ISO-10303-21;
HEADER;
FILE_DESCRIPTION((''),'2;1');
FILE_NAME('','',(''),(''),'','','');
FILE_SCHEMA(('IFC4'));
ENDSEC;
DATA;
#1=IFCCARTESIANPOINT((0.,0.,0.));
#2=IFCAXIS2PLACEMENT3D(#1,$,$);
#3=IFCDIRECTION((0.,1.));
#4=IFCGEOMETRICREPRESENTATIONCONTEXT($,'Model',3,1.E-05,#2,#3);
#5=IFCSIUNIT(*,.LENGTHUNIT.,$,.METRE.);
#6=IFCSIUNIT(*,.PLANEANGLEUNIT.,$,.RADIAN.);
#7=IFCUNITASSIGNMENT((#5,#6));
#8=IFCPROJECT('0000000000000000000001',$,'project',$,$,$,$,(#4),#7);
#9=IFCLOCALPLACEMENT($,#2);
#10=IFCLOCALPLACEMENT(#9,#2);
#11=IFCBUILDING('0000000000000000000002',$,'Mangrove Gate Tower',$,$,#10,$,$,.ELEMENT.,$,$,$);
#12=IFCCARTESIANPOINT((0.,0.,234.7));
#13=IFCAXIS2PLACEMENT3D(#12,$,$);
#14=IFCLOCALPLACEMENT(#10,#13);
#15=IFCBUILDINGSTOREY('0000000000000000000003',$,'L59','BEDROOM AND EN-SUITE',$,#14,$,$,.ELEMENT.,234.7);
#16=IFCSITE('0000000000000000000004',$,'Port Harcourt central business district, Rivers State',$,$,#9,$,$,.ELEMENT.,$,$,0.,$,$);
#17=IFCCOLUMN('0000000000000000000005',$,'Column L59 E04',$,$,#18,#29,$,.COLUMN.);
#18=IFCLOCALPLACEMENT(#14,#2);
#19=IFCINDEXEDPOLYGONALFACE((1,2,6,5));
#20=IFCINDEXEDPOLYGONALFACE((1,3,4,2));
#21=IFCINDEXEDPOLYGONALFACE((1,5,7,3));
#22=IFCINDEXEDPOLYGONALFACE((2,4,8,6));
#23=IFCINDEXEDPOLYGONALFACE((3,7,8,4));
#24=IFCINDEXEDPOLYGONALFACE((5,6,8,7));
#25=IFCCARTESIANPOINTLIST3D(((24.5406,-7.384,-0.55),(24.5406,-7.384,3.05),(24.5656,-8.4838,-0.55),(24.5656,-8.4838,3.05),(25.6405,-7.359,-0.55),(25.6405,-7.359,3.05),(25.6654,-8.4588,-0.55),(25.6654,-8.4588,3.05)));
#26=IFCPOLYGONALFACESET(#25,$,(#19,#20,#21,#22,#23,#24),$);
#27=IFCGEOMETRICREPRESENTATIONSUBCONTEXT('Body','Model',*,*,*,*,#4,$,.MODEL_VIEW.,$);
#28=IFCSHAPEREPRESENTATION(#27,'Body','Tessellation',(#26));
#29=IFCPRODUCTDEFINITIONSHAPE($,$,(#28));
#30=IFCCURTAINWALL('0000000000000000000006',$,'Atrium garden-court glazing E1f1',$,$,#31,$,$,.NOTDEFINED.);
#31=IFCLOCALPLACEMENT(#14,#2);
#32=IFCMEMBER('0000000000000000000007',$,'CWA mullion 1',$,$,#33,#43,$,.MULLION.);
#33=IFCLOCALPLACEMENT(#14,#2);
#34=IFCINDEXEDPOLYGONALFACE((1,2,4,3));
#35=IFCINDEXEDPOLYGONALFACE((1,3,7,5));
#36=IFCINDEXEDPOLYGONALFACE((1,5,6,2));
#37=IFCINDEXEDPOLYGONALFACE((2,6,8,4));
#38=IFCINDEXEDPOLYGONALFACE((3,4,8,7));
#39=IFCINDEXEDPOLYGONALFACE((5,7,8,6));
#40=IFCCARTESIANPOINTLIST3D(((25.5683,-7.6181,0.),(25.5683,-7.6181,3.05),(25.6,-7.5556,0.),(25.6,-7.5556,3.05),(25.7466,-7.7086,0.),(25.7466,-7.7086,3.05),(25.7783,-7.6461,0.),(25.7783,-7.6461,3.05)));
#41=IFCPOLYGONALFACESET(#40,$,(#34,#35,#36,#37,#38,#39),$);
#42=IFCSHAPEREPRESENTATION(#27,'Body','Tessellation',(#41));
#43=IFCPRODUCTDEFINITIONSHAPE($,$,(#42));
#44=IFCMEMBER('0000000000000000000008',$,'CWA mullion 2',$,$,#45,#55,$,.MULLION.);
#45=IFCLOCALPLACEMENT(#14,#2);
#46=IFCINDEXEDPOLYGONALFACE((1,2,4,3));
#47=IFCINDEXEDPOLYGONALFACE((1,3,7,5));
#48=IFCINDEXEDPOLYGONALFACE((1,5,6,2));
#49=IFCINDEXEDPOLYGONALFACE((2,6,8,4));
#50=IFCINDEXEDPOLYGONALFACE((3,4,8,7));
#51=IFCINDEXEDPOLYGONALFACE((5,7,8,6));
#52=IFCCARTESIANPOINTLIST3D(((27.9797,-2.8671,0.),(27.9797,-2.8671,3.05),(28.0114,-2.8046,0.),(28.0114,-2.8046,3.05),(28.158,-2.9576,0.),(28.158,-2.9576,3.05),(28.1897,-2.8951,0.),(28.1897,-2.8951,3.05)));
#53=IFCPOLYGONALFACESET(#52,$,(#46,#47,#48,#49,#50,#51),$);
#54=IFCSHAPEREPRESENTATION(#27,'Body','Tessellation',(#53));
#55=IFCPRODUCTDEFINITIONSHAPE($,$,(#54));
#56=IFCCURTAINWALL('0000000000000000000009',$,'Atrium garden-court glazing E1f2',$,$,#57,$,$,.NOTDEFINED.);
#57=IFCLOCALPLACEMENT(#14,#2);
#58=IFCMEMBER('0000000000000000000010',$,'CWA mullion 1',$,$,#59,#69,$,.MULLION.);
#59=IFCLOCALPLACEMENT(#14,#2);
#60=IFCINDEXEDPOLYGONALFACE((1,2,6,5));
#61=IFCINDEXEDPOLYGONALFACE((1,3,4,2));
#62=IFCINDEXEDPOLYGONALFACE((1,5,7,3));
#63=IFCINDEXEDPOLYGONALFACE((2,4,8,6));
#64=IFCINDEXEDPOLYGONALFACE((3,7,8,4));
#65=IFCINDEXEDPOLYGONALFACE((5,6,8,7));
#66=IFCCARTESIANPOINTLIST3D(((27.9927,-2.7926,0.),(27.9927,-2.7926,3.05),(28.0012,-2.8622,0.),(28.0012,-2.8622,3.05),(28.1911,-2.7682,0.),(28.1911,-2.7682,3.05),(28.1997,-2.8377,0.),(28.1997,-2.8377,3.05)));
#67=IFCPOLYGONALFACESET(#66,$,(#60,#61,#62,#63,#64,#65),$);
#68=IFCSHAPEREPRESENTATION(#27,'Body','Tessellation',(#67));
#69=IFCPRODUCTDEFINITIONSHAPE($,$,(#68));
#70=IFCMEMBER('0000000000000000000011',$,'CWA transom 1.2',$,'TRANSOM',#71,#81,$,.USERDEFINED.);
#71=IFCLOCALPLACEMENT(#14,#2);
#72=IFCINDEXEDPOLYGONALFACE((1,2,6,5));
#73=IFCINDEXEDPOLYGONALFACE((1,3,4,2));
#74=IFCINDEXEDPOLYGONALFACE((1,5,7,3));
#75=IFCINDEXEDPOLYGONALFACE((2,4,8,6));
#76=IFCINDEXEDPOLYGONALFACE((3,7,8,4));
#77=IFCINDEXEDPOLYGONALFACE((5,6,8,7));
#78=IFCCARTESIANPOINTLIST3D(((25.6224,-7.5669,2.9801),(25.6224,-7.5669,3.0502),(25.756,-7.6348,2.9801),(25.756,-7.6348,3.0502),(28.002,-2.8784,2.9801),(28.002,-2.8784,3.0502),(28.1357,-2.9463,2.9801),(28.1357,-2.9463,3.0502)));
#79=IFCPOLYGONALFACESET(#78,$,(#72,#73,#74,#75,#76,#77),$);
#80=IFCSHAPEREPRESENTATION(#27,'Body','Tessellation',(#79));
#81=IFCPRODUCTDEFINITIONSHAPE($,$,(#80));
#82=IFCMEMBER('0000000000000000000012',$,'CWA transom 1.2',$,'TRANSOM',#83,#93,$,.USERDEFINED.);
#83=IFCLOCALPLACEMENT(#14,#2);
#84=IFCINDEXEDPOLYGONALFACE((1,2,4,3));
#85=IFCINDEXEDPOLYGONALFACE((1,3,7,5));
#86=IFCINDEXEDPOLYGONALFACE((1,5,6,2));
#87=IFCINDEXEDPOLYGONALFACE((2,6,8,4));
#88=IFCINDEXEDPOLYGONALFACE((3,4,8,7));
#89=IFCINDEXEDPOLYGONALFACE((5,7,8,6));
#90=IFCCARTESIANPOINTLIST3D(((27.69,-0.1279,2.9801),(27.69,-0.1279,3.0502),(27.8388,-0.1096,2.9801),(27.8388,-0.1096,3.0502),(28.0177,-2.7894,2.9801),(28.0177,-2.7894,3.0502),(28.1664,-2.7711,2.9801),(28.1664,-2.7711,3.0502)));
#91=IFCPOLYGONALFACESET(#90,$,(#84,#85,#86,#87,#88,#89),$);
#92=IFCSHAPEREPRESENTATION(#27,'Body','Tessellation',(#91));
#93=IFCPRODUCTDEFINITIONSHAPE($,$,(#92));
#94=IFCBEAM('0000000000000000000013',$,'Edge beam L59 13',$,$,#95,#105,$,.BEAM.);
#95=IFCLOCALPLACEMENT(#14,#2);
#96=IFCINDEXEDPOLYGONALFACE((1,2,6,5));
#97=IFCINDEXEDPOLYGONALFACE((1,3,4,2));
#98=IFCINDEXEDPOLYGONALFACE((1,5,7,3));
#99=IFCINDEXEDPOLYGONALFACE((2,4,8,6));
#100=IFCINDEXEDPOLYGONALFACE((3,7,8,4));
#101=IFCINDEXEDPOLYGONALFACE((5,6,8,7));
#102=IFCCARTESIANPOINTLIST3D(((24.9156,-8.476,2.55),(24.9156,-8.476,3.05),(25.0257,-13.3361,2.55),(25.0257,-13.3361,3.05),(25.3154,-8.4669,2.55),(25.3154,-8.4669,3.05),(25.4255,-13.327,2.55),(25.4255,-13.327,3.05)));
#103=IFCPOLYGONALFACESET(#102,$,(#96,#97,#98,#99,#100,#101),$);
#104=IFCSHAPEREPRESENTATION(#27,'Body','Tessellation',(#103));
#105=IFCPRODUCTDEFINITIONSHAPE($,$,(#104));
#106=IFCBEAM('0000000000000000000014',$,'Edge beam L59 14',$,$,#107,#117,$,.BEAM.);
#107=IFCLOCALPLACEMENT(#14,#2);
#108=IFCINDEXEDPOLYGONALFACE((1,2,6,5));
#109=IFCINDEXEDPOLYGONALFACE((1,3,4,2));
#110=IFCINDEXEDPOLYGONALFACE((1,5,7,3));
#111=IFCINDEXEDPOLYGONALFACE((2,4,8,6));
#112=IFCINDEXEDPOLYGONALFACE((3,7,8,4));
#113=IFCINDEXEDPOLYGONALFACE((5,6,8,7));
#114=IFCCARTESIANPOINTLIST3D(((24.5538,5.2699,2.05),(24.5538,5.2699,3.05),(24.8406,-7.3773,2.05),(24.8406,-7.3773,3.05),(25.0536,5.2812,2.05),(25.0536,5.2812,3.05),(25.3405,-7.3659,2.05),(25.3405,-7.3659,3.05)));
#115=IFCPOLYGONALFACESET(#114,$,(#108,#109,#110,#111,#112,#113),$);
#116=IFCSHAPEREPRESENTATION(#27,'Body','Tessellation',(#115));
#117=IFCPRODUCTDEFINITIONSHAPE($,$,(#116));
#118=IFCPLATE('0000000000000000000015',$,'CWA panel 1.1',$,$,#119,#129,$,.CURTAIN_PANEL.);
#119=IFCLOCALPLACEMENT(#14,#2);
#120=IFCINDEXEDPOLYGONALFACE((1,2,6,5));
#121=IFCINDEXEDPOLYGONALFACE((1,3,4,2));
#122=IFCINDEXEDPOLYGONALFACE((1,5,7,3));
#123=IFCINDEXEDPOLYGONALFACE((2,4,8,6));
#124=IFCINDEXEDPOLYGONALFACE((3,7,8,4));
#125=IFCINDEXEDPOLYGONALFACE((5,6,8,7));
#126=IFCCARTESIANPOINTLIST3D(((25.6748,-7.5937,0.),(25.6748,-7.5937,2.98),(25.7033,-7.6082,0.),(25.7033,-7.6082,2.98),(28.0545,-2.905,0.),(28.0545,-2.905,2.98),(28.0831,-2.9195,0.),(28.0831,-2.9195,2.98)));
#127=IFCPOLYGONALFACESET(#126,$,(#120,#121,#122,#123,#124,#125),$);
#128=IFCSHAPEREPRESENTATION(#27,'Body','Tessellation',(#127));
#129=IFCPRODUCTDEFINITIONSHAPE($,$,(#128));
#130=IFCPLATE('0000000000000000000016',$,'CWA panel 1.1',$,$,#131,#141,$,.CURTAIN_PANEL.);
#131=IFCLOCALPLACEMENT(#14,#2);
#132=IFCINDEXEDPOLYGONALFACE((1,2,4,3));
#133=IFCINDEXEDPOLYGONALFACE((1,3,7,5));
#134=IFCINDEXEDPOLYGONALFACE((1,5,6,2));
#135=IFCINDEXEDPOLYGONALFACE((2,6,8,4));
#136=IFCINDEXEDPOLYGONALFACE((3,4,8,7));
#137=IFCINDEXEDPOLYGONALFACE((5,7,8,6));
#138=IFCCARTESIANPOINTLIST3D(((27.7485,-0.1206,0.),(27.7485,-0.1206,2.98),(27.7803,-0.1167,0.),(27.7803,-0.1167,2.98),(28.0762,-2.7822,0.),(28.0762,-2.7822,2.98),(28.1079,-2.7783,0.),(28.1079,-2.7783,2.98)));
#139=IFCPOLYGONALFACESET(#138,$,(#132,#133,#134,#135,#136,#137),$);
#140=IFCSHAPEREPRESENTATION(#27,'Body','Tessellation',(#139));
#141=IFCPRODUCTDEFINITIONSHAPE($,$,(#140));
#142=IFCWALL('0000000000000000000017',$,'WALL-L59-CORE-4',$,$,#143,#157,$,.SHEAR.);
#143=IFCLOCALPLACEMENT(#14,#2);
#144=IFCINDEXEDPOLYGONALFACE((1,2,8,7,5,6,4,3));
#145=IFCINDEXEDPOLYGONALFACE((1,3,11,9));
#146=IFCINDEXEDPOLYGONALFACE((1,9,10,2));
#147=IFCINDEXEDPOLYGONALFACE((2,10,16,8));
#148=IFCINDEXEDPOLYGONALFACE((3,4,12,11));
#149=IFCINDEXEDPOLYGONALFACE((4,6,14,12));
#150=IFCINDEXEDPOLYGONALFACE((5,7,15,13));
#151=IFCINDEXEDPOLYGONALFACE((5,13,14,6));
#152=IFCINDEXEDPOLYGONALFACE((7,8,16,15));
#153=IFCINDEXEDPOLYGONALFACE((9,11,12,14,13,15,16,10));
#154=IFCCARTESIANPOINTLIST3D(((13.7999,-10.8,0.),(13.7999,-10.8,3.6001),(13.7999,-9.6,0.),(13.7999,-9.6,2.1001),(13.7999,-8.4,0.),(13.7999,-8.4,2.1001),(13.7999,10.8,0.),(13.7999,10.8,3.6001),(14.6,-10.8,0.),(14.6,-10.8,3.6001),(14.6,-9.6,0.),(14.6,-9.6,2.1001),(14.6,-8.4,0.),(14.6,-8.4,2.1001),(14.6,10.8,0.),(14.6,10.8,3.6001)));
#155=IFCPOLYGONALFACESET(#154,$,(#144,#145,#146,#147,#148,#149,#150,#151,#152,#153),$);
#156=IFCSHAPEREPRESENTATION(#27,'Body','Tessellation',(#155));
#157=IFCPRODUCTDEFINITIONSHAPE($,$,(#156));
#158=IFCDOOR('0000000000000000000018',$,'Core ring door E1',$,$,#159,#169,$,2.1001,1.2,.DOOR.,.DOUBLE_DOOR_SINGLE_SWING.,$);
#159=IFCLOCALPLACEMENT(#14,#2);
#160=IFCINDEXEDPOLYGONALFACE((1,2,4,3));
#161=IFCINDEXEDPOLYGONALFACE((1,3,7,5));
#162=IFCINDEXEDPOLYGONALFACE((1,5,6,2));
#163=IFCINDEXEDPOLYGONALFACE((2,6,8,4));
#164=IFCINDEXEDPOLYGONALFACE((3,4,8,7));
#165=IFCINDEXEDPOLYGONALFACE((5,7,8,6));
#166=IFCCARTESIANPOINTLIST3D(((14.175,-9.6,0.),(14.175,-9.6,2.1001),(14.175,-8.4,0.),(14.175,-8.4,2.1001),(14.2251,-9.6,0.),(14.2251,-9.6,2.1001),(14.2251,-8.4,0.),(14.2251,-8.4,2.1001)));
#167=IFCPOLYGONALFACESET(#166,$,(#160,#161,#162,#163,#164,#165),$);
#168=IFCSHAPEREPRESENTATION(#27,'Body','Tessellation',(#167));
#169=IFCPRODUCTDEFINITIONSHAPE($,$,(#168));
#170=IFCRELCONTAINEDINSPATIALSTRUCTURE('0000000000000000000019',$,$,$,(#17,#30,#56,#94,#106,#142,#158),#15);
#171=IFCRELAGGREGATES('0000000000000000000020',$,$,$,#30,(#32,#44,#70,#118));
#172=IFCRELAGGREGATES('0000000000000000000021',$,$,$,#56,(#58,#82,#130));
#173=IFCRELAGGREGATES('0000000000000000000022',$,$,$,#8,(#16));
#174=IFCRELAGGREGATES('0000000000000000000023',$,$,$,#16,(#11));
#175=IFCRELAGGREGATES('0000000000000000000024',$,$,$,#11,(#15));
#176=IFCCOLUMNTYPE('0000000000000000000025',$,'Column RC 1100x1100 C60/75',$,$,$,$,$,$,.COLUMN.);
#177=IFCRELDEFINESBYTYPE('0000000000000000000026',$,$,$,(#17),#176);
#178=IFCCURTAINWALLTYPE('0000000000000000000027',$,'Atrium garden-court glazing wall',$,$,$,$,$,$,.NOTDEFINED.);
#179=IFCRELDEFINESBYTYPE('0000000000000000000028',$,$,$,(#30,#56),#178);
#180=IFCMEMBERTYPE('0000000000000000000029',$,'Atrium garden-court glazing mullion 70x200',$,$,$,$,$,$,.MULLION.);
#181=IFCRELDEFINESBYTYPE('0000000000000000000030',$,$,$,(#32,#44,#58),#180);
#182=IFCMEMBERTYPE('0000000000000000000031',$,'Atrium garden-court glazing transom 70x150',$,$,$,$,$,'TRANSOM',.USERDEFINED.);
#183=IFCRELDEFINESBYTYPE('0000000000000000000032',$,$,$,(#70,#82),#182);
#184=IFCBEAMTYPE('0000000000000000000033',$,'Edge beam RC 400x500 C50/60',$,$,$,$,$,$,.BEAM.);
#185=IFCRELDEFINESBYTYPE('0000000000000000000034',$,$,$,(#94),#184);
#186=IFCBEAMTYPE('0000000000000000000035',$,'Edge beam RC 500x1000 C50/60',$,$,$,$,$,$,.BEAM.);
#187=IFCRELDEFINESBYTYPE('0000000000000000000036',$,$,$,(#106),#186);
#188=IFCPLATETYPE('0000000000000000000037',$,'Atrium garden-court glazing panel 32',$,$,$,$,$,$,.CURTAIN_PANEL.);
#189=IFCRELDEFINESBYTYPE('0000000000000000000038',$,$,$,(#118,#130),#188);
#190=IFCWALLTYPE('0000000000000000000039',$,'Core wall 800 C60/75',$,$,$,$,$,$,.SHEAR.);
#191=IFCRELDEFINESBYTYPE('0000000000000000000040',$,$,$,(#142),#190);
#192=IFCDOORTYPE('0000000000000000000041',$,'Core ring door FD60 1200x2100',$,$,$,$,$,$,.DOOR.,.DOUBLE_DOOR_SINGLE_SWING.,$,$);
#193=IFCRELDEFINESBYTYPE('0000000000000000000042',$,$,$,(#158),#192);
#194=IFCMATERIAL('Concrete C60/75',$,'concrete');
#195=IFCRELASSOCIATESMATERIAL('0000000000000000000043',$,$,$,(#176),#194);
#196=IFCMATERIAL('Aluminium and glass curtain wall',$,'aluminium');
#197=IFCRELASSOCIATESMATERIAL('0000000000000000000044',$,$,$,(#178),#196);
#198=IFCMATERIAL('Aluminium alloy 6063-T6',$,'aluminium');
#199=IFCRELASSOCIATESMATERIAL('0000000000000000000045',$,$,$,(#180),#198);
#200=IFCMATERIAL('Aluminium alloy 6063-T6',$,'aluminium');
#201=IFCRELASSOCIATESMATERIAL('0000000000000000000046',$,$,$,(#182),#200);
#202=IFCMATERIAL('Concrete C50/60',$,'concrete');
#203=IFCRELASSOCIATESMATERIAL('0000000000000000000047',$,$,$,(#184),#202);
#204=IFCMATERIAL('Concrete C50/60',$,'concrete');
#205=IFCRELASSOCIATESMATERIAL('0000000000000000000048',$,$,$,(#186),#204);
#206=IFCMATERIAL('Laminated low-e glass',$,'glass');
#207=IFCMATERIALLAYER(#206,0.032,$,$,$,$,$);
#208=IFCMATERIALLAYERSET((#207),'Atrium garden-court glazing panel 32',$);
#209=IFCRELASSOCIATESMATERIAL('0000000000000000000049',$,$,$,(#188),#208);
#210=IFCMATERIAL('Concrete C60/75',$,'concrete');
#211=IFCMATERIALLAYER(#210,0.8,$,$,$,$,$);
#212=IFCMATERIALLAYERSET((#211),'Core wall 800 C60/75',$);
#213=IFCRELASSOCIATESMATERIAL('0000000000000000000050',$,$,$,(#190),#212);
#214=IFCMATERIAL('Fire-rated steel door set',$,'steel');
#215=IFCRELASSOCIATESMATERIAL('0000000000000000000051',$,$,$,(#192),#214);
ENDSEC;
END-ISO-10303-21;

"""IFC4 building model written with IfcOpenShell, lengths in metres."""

from ifc_helpers import new_model, si_unit, direction, frame, frame_2d, origin, origin_2d, place, context, subcontext, project, spatial, rectangle, extrude, material, layer, layer_set, material_profile, profile_set, type_object, element, fill, aggregate, save


model = new_model("IFC4")

# Units and contexts
model_context = context("Model", 3, precision=1e-05, world=origin(), true_north=direction((0.0, 1.0)))
body_context = subcontext(model_context, "Body", "Model", "MODEL_VIEW")
ifc_project = project(units=[si_unit("LENGTHUNIT", "METRE"), si_unit("PLANEANGLEUNIT", "RADIAN")], contexts=[model_context])

# Site, building, storey
site_placement = place(None, origin())
site = spatial("IfcSite", under=ifc_project, at=site_placement, Name="Port Harcourt central business district, Rivers State", CompositionType="ELEMENT", RefElevation=0.0)
building_placement = place(site_placement, origin())
building = spatial("IfcBuilding", under=site, at=building_placement, Name="Mangrove Gate Tower", CompositionType="ELEMENT")
storey_placement = place(building_placement, frame((0.0, 0.0, 234.7)))
storey = spatial("IfcBuildingStorey", under=building, at=storey_placement, Name="L59", Description="BEDROOM AND EN-SUITE", CompositionType="ELEMENT", Elevation=234.7)

# Column
ifc_material_1 = material(Name="Concrete C60/75", Category="concrete")
ifc_material_profile_1 = material_profile(ifc_material_1, rectangle(XDim=1.1001, YDim=1.1001, at=origin_2d()))
ifc_profile_set_1 = profile_set([ifc_material_profile_1], Name="Concrete C60/75")
column_type = type_object("IfcColumnType", Name="Column RC 1100x1100 C60/75", PredefinedType="COLUMN", material=ifc_profile_set_1)
column_placement = place(storey_placement, frame((25.103, -7.9214, -0.55), z_axis=(0.0, 0.0, 1.0), x_axis=(-0.022676, 0.999743, 0.0)))
element("IfcColumn", 1, at=column_placement, inside=storey, type_object=column_type, Name="Column L59 E04", PredefinedType="COLUMN", context=body_context, shape_type="SweptSolid", body=[
    extrude(rectangle(XDim=1.1001, YDim=1.1001, at=origin_2d()), origin(), (0.0, 0.0, 1.0), 3.6001),
])

# Curtain wall, members
ifc_material_2 = material(Name="Aluminium and glass curtain wall", Category="aluminium")
curtain_wall_type = type_object("IfcCurtainWallType", Name="Atrium garden-court glazing wall", PredefinedType="NOTDEFINED", material=ifc_material_2)
curtain_wall_1_placement = place(storey_placement, origin())
curtain_wall_1 = element("IfcCurtainWall", 2, at=curtain_wall_1_placement, inside=storey, type_object=curtain_wall_type, Name="Atrium garden-court glazing E1f1", PredefinedType="NOTDEFINED")
ifc_material_3 = material(Name="Aluminium alloy 6063-T6", Category="aluminium")
ifc_material_profile_2 = material_profile(ifc_material_3, rectangle(XDim=0.0701, YDim=0.2, at=origin_2d()))
ifc_profile_set_2 = profile_set([ifc_material_profile_2], Name="Aluminium alloy 6063-T6")
member_type_1 = type_object("IfcMemberType", Name="Atrium garden-court glazing mullion 70x200", PredefinedType="MULLION", material=ifc_profile_set_2)
member_1_placement = place(storey_placement, frame((25.6733, -7.6321, 0.0), z_axis=(0.0, 0.0, 1.0), x_axis=(0.452598, 0.891715, 0.0)))
member_1 = element("IfcMember", 3, at=member_1_placement, type_object=member_type_1, Name="CWA mullion 1", PredefinedType="MULLION", context=body_context, shape_type="SweptSolid", body=[
    extrude(rectangle(XDim=0.0701, YDim=0.2, at=origin_2d()), origin(), (0.0, 0.0, 1.0), 3.05),
])
member_2_placement = place(storey_placement, frame((28.0847, -2.8811, 0.0), z_axis=(0.0, 0.0, 1.0), x_axis=(0.452598, 0.891715, 0.0)))
member_2 = element("IfcMember", 4, at=member_2_placement, type_object=member_type_1, Name="CWA mullion 2", PredefinedType="MULLION", context=body_context, shape_type="SweptSolid", body=[
    extrude(rectangle(XDim=0.0701, YDim=0.2, at=origin_2d()), origin(), (0.0, 0.0, 1.0), 3.05),
])

# Curtain wall, member
curtain_wall_2_placement = place(storey_placement, origin())
curtain_wall_2 = element("IfcCurtainWall", 5, at=curtain_wall_2_placement, inside=storey, type_object=curtain_wall_type, Name="Atrium garden-court glazing E1f2", PredefinedType="NOTDEFINED")
member_3_placement = place(storey_placement, frame((28.0962, -2.8152, 0.0), z_axis=(0.0, 0.0, 1.0), x_axis=(-0.122172, 0.992509, 0.0)))
member_3 = element("IfcMember", 6, at=member_3_placement, type_object=member_type_1, Name="CWA mullion 1", PredefinedType="MULLION", context=body_context, shape_type="SweptSolid", body=[
    extrude(rectangle(XDim=0.0701, YDim=0.2, at=origin_2d()), origin(), (0.0, 0.0, 1.0), 3.05),
])

# Members
ifc_material_4 = material(Name="Aluminium alloy 6063-T6", Category="aluminium")
ifc_material_profile_3 = material_profile(ifc_material_4, rectangle(XDim=0.0701, YDim=0.1499, at=origin_2d()))
ifc_profile_set_3 = profile_set([ifc_material_profile_3], Name="Aluminium alloy 6063-T6")
member_type_2 = type_object("IfcMemberType", Name="Atrium garden-court glazing transom 70x150", ElementType="TRANSOM", PredefinedType="USERDEFINED", material=ifc_profile_set_3)
member_4_placement = place(storey_placement, frame((25.6892, -7.6008, 3.0151), z_axis=(0.452592, 0.891718, 0.0), x_axis=(0.0, 0.0, 1.0)))
member_4 = element("IfcMember", 7, at=member_4_placement, type_object=member_type_2, Name="CWA transom 1.2", ObjectType="TRANSOM", PredefinedType="USERDEFINED", context=body_context, shape_type="SweptSolid", body=[
    extrude(rectangle(XDim=0.0701, YDim=0.1499, at=origin_2d()), origin(), (0.0, 0.0, 1.0), 5.2578),
])
member_5_placement = place(storey_placement, frame((28.092, -2.7803, 3.0151), z_axis=(-0.122175, 0.992509, 0.0), x_axis=(0.0, 0.0, 1.0)))
member_5 = element("IfcMember", 8, at=member_5_placement, type_object=member_type_2, Name="CWA transom 1.2", ObjectType="TRANSOM", PredefinedType="USERDEFINED", context=body_context, shape_type="SweptSolid", body=[
    extrude(rectangle(XDim=0.0701, YDim=0.1499, at=origin_2d()), origin(), (0.0, 0.0, 1.0), 2.6816),
])

# Beams
ifc_material_5 = material(Name="Concrete C50/60", Category="concrete")
ifc_material_profile_4 = material_profile(ifc_material_5, rectangle(XDim=0.3999, YDim=0.5, at=origin_2d()))
ifc_profile_set_4 = profile_set([ifc_material_profile_4], Name="Concrete C50/60")
beam_type_1 = type_object("IfcBeamType", Name="Edge beam RC 400x500 C50/60", PredefinedType="BEAM", material=ifc_profile_set_4)
beam_1_placement = place(storey_placement, frame((25.2256, -13.3315, 2.8), z_axis=(-0.02265, 0.999743, 0.0), x_axis=(-0.999743, -0.02265, 0.0)))
element("IfcBeam", 9, at=beam_1_placement, inside=storey, type_object=beam_type_1, Name="Edge beam L59 13", PredefinedType="BEAM", context=body_context, shape_type="SweptSolid", body=[
    extrude(rectangle(XDim=0.3999, YDim=0.5, at=origin_2d()), origin(), (0.0, 0.0, 1.0), 4.8613),
])
ifc_material_6 = material(Name="Concrete C50/60", Category="concrete")
ifc_material_profile_5 = material_profile(ifc_material_6, rectangle(XDim=0.5, YDim=1.0, at=origin_2d()))
ifc_profile_set_5 = profile_set([ifc_material_profile_5], Name="Concrete C50/60")
beam_type_2 = type_object("IfcBeamType", Name="Edge beam RC 500x1000 C50/60", PredefinedType="BEAM", material=ifc_profile_set_5)
beam_2_placement = place(storey_placement, frame((25.0906, -7.3716, 2.55), z_axis=(-0.022676, 0.999743, 0.0), x_axis=(-0.999743, -0.022676, 0.0)))
element("IfcBeam", 10, at=beam_2_placement, inside=storey, type_object=beam_type_2, Name="Edge beam L59 14", PredefinedType="BEAM", context=body_context, shape_type="SweptSolid", body=[
    extrude(rectangle(XDim=0.5, YDim=1.0, at=origin_2d()), origin(), (0.0, 0.0, 1.0), 12.6504),
])

# Plates
ifc_material_7 = material(Name="Laminated low-e glass", Category="glass")
ifc_layer_1 = layer(ifc_material_7, 0.032)
ifc_layer_set_1 = layer_set([ifc_layer_1], Name="Atrium garden-court glazing panel 32")
plate_type = type_object("IfcPlateType", Name="Atrium garden-court glazing panel 32", PredefinedType="CURTAIN_PANEL", material=ifc_layer_set_1)
plate_1_placement = place(storey_placement, frame((26.8789, -5.2566, 0.0), z_axis=(0.0, 0.0, 1.0), x_axis=(0.452598, 0.891715, 0.0)))
plate_1 = element("IfcPlate", 11, at=plate_1_placement, type_object=plate_type, Name="CWA panel 1.1", PredefinedType="CURTAIN_PANEL", context=body_context, shape_type="SweptSolid", body=[
    extrude(rectangle(XDim=5.2581, YDim=0.032, at=origin_2d()), origin(), (0.0, 0.0, 1.0), 2.98),
])
aggregate(curtain_wall_1, [member_1, member_2, member_4, plate_1])
plate_2_placement = place(storey_placement, frame((27.9282, -1.4495, 0.0), z_axis=(0.0, 0.0, 1.0), x_axis=(-0.122172, 0.992509, 0.0)))
plate_2 = element("IfcPlate", 12, at=plate_2_placement, type_object=plate_type, Name="CWA panel 1.1", PredefinedType="CURTAIN_PANEL", context=body_context, shape_type="SweptSolid", body=[
    extrude(rectangle(XDim=2.6816, YDim=0.032, at=origin_2d()), origin(), (0.0, 0.0, 1.0), 2.98),
])
aggregate(curtain_wall_2, [member_3, member_5, plate_2])

# Wall, opening, door
ifc_material_8 = material(Name="Concrete C60/75", Category="concrete")
ifc_layer_2 = layer(ifc_material_8, 0.8)
ifc_layer_set_2 = layer_set([ifc_layer_2], Name="Core wall 800 C60/75")
wall_type_1 = type_object("IfcWallType", Name="Core wall 800 C60/75", PredefinedType="SHEAR", material=ifc_layer_set_2)
wall_1_placement = place(storey_placement, frame((14.2, -10.8, 0.0), z_axis=(0.0, 0.0, 1.0), x_axis=(0.0, 1.0, 0.0)))
wall_1 = element("IfcWall", 13, at=wall_1_placement, inside=storey, type_object=wall_type_1, Name="WALL-L59-CORE-4", PredefinedType="SHEAR", context=body_context, shape_type="SweptSolid", body=[
    extrude(rectangle(XDim=21.6001, YDim=0.8, at=frame_2d((10.8, 0.0))), origin(), (0.0, 0.0, 1.0), 3.6001),
])
opening_1_placement = place(wall_1_placement, frame((1.2, 0.0, 0.0)))
opening_1 = element("IfcOpeningElement", 14, at=opening_1_placement, cuts=wall_1, PredefinedType="OPENING", context=body_context, shape_type="SweptSolid", body=[
    extrude(rectangle(XDim=1.2, YDim=2.1001, at=frame_2d((0.6001, 1.05))), frame((0.0, 0.4099, 0.0), z_axis=(0.0, -1.0, 0.0), x_axis=(1.0, 0.0, 0.0)), (0.0, 0.0, 1.0), 0.8201),
])
ifc_material_9 = material(Name="Fire-rated steel door set", Category="steel")
door_type_1 = type_object("IfcDoorType", Name="Core ring door FD60 1200x2100", OperationType="DOUBLE_DOOR_SINGLE_SWING", PredefinedType="DOOR", material=ifc_material_9)
door_1_placement = place(opening_1_placement, origin())
door_1 = element("IfcDoor", 15, at=door_1_placement, inside=storey, type_object=door_type_1, Name="Core ring door E1", OperationType="DOUBLE_DOOR_SINGLE_SWING", OverallHeight=2.1001, OverallWidth=1.2, PredefinedType="DOOR", context=body_context, shape_type="SweptSolid", body=[
    extrude(rectangle(XDim=1.2, YDim=2.1001, at=frame_2d((0.6001, 1.05))), frame((0.0, 0.0249, 0.0), z_axis=(0.0, -1.0, 0.0), x_axis=(1.0, 0.0, 0.0)), (0.0, 0.0, 1.0), 0.05),
])
fill(opening_1, door_1)

save(model, "model.ifc")
